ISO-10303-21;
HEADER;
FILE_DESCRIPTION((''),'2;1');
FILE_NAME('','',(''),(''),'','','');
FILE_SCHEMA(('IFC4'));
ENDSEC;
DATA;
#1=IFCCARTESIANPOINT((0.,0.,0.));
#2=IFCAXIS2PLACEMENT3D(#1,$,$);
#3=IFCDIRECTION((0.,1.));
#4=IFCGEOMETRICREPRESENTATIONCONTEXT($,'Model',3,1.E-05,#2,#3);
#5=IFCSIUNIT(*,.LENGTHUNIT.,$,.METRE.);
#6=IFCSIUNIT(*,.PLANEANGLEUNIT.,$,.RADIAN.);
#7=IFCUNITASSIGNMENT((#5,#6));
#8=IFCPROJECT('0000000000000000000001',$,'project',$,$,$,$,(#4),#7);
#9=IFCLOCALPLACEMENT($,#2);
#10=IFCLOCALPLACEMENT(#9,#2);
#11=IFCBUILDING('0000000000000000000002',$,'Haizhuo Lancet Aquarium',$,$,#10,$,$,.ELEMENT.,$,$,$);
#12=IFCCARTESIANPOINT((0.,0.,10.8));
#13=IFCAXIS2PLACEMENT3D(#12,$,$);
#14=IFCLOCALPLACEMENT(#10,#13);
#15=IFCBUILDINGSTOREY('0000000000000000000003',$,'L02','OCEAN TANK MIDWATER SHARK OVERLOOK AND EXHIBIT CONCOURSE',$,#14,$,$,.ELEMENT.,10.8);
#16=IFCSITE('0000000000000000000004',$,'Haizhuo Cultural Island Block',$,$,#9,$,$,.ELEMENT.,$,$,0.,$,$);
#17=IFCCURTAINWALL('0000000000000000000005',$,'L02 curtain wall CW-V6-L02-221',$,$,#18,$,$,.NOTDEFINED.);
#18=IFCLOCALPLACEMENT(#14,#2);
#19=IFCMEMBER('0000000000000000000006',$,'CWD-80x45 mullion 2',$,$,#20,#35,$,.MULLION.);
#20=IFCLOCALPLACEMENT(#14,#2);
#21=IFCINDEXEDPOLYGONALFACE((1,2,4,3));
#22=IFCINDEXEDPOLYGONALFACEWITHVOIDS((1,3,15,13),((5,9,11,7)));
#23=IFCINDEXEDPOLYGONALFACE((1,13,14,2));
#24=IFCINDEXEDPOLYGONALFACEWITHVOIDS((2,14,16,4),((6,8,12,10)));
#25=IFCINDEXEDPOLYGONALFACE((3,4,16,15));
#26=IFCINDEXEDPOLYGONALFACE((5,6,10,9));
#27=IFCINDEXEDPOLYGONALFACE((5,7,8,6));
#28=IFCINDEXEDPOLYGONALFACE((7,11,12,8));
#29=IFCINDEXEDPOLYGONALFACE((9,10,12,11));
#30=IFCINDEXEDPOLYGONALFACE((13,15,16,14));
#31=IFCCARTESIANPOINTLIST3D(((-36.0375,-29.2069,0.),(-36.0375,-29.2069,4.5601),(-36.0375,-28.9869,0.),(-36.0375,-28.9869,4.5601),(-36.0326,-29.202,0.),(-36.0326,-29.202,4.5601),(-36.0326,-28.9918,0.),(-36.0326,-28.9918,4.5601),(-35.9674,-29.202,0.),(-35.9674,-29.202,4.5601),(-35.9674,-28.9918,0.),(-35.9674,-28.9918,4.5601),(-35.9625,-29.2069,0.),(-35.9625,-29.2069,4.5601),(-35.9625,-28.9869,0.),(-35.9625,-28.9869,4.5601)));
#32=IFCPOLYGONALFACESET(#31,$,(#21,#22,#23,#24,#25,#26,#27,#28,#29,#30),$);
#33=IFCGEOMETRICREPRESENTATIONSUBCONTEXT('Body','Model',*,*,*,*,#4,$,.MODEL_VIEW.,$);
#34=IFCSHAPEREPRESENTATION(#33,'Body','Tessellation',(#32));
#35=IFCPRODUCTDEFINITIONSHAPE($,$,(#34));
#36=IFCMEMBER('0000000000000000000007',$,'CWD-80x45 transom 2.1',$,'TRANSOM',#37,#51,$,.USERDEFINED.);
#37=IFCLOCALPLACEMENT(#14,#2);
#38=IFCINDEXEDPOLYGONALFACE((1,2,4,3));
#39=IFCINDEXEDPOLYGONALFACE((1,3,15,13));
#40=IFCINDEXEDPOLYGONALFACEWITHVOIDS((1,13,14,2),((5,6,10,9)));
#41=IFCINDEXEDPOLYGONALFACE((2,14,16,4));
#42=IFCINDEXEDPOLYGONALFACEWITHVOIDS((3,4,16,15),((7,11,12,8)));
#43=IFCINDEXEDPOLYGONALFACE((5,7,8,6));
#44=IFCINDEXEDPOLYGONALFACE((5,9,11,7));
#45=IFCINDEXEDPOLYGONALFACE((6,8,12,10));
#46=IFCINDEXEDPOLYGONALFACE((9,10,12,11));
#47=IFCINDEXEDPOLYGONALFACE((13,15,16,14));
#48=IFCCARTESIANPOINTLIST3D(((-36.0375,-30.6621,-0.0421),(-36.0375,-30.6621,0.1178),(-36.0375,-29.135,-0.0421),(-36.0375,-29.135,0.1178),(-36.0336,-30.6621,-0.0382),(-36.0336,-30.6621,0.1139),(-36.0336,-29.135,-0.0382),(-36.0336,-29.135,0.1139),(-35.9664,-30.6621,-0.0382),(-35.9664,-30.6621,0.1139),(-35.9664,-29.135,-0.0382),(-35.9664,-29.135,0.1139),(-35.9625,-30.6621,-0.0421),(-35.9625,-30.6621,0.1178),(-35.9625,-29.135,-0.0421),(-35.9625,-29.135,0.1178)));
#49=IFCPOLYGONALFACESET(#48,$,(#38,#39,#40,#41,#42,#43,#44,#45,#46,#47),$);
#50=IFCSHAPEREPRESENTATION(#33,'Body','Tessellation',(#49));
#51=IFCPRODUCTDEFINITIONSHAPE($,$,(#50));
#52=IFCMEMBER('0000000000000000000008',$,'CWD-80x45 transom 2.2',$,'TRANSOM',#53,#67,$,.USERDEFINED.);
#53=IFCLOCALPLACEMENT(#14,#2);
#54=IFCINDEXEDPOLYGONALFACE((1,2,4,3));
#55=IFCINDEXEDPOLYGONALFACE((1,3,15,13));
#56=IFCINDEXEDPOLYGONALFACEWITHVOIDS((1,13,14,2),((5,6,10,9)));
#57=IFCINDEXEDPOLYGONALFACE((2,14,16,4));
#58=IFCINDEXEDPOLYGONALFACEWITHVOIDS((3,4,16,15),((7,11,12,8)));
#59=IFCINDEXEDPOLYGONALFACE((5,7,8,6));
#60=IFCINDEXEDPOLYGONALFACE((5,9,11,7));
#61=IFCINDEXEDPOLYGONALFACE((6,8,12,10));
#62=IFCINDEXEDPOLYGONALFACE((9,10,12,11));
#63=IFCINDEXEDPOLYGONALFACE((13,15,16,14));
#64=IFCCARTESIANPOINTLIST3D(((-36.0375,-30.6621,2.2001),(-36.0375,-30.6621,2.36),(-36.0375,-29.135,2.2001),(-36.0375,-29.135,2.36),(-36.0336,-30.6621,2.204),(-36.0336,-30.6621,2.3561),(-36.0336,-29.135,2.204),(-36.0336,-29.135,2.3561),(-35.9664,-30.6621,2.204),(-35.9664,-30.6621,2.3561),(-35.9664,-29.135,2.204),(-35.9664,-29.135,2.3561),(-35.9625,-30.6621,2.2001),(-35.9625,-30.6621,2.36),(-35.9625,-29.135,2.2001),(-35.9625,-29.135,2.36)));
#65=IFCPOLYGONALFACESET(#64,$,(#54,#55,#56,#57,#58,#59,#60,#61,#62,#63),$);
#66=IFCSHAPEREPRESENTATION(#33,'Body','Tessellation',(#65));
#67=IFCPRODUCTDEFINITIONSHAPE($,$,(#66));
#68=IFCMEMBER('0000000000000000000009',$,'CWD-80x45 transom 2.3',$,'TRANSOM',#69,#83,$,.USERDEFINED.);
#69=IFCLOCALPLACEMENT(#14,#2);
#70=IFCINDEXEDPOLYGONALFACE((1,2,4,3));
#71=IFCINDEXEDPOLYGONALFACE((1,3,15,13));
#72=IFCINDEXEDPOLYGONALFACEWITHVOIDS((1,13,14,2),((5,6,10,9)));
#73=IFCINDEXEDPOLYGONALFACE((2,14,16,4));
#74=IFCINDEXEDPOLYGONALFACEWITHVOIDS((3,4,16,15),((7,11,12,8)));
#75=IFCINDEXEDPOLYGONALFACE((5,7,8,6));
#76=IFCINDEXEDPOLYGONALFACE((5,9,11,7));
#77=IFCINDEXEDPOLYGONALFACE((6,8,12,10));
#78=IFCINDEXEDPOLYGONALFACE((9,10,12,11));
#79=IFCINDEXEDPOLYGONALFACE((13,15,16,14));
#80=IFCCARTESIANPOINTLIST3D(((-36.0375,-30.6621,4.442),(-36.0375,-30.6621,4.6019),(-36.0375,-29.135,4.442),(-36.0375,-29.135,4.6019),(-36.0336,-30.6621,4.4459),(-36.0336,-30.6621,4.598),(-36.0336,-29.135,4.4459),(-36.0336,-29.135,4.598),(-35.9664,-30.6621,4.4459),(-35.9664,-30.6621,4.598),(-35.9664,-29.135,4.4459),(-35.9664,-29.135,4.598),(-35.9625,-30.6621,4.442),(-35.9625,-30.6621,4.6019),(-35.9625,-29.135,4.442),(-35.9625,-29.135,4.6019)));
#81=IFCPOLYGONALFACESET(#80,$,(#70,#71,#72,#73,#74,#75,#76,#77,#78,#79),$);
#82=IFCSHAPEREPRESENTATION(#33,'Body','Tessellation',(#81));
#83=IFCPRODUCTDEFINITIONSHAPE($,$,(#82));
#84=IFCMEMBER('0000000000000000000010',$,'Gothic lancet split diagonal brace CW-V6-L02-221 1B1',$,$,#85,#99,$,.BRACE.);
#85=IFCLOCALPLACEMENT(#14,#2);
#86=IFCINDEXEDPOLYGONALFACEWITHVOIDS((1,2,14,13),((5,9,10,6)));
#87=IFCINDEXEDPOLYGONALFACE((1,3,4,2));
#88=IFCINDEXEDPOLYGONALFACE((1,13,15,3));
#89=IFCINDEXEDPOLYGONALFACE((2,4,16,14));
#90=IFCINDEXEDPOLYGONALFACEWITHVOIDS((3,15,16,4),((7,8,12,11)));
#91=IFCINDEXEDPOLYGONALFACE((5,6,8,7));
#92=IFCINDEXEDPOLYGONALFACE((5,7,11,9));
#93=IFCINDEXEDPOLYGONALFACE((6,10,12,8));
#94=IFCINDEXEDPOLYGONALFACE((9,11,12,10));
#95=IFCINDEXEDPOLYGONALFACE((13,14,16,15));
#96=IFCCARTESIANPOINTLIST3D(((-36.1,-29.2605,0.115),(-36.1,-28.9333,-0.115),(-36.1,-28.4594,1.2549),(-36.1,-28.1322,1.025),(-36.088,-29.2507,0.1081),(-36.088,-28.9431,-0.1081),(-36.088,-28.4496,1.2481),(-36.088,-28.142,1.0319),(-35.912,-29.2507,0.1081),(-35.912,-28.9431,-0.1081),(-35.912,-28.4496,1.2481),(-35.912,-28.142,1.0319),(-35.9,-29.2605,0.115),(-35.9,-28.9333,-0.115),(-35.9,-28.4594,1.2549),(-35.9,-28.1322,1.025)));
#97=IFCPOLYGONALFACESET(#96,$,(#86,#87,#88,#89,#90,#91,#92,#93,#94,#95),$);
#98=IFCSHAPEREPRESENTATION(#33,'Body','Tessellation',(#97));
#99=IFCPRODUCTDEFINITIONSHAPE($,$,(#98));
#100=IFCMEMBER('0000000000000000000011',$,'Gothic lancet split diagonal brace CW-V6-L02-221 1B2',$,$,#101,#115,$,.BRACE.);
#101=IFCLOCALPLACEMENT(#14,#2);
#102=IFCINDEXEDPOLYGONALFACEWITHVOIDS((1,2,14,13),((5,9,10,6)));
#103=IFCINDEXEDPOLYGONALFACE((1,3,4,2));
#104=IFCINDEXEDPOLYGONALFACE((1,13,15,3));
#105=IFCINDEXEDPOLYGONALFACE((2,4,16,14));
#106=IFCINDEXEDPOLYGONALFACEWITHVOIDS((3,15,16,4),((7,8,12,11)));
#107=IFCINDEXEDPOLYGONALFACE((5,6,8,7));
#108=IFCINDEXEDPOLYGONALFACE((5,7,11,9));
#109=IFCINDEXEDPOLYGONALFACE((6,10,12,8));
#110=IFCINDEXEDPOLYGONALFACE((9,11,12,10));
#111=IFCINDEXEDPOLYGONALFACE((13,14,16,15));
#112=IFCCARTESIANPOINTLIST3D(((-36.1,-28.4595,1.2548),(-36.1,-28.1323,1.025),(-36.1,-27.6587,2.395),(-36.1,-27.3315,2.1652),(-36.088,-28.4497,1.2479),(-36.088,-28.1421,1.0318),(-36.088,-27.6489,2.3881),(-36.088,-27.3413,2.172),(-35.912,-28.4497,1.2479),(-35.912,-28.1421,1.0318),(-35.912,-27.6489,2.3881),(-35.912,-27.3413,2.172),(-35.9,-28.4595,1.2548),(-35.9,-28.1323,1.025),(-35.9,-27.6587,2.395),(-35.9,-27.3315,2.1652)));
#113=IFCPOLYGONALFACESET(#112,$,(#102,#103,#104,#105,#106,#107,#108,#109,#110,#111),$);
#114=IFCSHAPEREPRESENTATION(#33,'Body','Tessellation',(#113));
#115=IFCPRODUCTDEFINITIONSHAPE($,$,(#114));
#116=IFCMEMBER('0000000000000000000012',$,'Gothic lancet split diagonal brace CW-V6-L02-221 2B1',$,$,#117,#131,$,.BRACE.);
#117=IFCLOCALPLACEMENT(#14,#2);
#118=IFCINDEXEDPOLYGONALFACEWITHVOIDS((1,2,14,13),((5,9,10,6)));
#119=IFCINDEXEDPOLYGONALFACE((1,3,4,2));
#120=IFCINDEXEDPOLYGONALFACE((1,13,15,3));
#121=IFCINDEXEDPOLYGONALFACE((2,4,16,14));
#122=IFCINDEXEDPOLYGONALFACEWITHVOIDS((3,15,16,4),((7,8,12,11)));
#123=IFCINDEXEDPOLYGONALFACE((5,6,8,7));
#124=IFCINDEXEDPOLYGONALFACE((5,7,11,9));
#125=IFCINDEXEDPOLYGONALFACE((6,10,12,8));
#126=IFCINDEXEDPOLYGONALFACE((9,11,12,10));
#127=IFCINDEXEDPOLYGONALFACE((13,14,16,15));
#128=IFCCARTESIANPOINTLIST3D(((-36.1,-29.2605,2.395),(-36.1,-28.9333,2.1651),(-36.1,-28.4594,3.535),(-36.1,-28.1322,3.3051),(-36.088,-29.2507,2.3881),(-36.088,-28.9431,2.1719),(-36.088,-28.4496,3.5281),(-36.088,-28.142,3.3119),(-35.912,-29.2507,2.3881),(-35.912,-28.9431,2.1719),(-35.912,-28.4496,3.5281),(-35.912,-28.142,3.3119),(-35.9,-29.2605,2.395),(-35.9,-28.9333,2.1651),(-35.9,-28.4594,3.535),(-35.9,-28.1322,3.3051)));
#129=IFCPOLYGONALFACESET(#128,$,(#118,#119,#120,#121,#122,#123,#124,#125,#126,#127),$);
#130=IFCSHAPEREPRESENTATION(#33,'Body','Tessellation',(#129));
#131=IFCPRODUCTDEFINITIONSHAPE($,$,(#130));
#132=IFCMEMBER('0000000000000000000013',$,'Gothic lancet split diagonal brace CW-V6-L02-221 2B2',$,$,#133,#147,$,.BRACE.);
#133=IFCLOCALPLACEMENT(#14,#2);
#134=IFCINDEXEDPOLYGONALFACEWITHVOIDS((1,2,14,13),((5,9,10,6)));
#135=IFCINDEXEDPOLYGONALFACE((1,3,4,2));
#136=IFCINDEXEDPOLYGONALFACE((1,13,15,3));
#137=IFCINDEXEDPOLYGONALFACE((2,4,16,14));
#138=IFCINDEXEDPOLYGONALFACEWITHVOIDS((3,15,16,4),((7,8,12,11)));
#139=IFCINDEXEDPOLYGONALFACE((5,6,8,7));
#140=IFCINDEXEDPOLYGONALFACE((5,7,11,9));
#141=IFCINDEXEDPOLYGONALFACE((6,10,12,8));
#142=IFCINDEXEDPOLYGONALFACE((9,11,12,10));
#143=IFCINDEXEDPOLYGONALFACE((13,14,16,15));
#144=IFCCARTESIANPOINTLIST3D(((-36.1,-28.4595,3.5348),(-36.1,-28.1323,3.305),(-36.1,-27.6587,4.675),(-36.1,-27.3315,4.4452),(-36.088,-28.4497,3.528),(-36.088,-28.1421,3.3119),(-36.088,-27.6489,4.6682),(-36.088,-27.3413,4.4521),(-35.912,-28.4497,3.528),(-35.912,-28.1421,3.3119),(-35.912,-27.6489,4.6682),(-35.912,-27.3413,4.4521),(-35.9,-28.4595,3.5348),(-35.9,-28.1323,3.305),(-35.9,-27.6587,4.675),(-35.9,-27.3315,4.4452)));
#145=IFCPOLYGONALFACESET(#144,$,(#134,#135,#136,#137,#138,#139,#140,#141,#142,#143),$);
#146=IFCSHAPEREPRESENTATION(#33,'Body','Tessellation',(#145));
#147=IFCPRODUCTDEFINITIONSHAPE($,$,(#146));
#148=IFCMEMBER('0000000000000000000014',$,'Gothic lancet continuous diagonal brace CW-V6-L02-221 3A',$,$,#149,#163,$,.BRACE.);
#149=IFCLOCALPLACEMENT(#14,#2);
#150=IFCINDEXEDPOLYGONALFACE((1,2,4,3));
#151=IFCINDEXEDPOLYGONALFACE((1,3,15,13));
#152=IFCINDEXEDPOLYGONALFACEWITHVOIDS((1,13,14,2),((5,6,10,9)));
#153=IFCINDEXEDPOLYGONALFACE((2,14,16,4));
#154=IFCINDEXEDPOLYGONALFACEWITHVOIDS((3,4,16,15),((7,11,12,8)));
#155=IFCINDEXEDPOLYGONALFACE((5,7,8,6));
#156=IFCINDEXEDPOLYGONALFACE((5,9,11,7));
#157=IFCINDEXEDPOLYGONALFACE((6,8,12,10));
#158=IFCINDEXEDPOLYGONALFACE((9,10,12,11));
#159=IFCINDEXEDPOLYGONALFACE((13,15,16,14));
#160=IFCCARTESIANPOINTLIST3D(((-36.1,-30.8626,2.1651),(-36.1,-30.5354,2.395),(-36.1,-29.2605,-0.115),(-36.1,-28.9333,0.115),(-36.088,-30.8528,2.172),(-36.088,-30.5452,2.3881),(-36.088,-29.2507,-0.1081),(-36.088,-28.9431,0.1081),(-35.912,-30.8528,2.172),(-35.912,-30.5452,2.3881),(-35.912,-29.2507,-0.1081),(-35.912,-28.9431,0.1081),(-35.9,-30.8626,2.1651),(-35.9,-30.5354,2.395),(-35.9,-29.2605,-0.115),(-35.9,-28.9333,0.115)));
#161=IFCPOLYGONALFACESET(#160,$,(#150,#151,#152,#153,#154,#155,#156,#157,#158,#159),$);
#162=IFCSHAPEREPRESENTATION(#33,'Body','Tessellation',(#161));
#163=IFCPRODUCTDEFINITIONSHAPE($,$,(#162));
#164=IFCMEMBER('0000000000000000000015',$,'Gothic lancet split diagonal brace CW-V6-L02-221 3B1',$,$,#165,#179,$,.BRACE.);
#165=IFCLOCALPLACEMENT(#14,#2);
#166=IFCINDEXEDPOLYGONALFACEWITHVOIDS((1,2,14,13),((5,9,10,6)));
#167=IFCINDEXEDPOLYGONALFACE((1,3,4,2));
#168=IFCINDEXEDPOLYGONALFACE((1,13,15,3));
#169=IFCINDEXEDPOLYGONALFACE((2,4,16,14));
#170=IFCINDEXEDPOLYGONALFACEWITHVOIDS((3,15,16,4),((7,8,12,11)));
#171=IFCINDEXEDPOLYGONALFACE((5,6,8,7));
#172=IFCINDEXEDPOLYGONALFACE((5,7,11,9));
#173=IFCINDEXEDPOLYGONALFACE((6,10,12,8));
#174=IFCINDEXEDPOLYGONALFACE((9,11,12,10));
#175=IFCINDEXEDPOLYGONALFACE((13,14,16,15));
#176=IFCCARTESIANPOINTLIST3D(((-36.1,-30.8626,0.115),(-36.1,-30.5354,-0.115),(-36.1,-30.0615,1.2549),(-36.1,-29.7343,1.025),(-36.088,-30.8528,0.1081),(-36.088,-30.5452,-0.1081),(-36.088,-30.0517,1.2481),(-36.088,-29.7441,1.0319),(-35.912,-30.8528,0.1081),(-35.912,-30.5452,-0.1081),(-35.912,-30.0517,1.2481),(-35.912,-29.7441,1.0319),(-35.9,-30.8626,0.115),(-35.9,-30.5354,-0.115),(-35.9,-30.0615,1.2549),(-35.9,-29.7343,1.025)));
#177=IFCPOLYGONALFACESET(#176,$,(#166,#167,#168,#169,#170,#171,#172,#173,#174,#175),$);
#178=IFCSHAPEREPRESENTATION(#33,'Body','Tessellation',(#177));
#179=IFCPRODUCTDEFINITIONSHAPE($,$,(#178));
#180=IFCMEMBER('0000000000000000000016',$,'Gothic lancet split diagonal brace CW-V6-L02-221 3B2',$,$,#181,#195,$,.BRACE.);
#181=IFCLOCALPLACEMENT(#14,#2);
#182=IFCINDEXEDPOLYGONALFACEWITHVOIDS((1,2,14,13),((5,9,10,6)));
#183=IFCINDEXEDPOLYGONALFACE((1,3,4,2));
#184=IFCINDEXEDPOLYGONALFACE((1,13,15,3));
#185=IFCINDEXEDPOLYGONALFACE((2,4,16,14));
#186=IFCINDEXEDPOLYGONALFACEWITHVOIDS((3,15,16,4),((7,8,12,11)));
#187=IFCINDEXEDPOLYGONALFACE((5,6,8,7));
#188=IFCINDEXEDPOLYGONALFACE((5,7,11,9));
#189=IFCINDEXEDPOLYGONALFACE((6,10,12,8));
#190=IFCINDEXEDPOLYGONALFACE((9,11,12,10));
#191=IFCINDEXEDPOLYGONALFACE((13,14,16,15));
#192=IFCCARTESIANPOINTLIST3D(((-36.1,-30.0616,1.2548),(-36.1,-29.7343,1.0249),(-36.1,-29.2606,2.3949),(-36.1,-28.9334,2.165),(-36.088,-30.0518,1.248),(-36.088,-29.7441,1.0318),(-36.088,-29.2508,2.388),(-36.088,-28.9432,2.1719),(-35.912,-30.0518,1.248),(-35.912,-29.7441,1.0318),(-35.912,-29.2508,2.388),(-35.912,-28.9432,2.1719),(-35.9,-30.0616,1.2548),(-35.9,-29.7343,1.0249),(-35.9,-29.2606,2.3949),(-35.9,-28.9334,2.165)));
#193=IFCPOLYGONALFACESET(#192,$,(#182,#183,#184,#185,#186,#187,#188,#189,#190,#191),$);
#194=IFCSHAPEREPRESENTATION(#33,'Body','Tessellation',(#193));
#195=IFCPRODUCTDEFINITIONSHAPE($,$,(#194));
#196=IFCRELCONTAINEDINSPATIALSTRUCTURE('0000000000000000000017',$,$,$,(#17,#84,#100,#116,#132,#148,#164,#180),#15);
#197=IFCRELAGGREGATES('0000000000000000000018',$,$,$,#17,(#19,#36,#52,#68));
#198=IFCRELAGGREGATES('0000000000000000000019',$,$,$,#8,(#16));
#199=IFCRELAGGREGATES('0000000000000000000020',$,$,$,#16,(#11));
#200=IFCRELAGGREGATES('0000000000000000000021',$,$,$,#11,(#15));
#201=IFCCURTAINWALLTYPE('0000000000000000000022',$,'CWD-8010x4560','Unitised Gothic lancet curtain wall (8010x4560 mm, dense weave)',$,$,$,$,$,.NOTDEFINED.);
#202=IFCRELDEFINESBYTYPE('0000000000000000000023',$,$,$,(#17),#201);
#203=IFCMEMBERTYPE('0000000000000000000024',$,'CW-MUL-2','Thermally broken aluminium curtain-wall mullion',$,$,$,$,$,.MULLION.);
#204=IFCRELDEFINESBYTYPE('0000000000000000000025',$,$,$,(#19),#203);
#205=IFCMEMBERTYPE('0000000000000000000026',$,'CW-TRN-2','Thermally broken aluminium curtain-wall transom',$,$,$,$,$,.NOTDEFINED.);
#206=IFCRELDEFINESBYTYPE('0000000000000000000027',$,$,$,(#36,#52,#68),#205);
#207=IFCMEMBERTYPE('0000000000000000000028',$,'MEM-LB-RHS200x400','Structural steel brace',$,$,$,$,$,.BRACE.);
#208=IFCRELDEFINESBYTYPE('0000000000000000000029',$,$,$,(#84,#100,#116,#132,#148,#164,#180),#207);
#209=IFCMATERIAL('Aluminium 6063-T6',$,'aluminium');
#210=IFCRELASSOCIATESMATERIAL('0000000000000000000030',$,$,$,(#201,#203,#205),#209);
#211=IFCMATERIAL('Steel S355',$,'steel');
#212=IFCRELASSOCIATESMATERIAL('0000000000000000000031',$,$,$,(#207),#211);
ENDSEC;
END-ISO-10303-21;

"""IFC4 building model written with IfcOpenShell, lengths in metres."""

from ifc_helpers import new_model, si_unit, direction, frame, origin, origin_2d, place, context, subcontext, project, spatial, hollow_rectangle, extrude, material, material_profile, profile_set, type_object, element, aggregate, save


model = new_model("IFC4")

# Units and contexts
model_context = context("Model", 3, precision=1e-05, world=origin(), true_north=direction((0.0, 1.0)))
body_context = subcontext(model_context, "Body", "Model", "MODEL_VIEW")
ifc_project = project(units=[si_unit("LENGTHUNIT", "METRE"), si_unit("PLANEANGLEUNIT", "RADIAN")], contexts=[model_context])

# Site, building, storey
site_placement = place(None, origin())
site = spatial("IfcSite", under=ifc_project, at=site_placement, Name="Haizhuo Cultural Island Block", CompositionType="ELEMENT", RefElevation=0.0)
building_placement = place(site_placement, origin())
building = spatial("IfcBuilding", under=site, at=building_placement, Name="Haizhuo Lancet Aquarium", CompositionType="ELEMENT")
storey_placement = place(building_placement, frame((0.0, 0.0, 10.8)))
storey = spatial("IfcBuildingStorey", under=building, at=storey_placement, Name="L02", Description="OCEAN TANK MIDWATER SHARK OVERLOOK AND EXHIBIT CONCOURSE", CompositionType="ELEMENT", Elevation=10.8)

# Curtain wall, members
ifc_material_1 = material(Name="Aluminium 6063-T6", Category="aluminium")
curtain_wall_type = type_object("IfcCurtainWallType", Name="CWD-8010x4560", Description="Unitised Gothic lancet curtain wall (8010x4560 mm, dense weave)", PredefinedType="NOTDEFINED", material=ifc_material_1)
curtain_wall_placement = place(storey_placement, origin())
curtain_wall = element("IfcCurtainWall", 1, at=curtain_wall_placement, inside=storey, type_object=curtain_wall_type, Name="L02 curtain wall CW-V6-L02-221", PredefinedType="NOTDEFINED")
ifc_material_profile_1 = material_profile(ifc_material_1, hollow_rectangle(XDim=0.075, YDim=0.22, WallThickness=0.0049, at=origin_2d()), Name="ALU-M 75x220x5")
ifc_profile_set_1 = profile_set([ifc_material_profile_1], Name="Aluminium 6063-T6")
member_type_1 = type_object("IfcMemberType", Name="CW-MUL-2", Description="Thermally broken aluminium curtain-wall mullion", PredefinedType="MULLION", material=ifc_profile_set_1)
member_1_placement = place(storey_placement, frame((-36.0, -29.0969, 0.0), z_axis=(0.0, 0.0, 1.0), x_axis=(1.0, 0.0, 0.0)))
member_1 = element("IfcMember", 2, at=member_1_placement, type_object=member_type_1, Name="CWD-80x45 mullion 2", PredefinedType="MULLION", context=body_context, shape_type="SweptSolid", body=[
    extrude(hollow_rectangle(XDim=0.075, YDim=0.22, WallThickness=0.0049, at=origin_2d()), origin(), (0.0, 0.0, 1.0), 4.5601),
])
ifc_material_profile_2 = material_profile(ifc_material_1, hollow_rectangle(XDim=0.075, YDim=0.1599, WallThickness=0.0039, at=origin_2d()), Name="ALU-T 75x160x4")
ifc_profile_set_2 = profile_set([ifc_material_profile_2], Name="Aluminium 6063-T6")
member_type_2 = type_object("IfcMemberType", Name="CW-TRN-2", Description="Thermally broken aluminium curtain-wall transom", PredefinedType="NOTDEFINED", material=ifc_profile_set_2)
member_2_placement = place(storey_placement, frame((-36.0, -29.135, 0.0378), z_axis=(0.0, -1.0, 0.0), x_axis=(1.0, 0.0, 0.0)))
member_2 = element("IfcMember", 3, at=member_2_placement, type_object=member_type_2, Name="CWD-80x45 transom 2.1", ObjectType="TRANSOM", PredefinedType="USERDEFINED", context=body_context, shape_type="SweptSolid", body=[
    extrude(hollow_rectangle(XDim=0.075, YDim=0.1599, WallThickness=0.0039, at=origin_2d()), origin(), (0.0, 0.0, 1.0), 1.5271),
])
member_3_placement = place(storey_placement, frame((-36.0, -29.135, 2.28), z_axis=(0.0, -1.0, 0.0), x_axis=(1.0, 0.0, 0.0)))
member_3 = element("IfcMember", 4, at=member_3_placement, type_object=member_type_2, Name="CWD-80x45 transom 2.2", ObjectType="TRANSOM", PredefinedType="USERDEFINED", context=body_context, shape_type="SweptSolid", body=[
    extrude(hollow_rectangle(XDim=0.075, YDim=0.1599, WallThickness=0.0039, at=origin_2d()), origin(), (0.0, 0.0, 1.0), 1.5271),
])
member_4_placement = place(storey_placement, frame((-36.0, -29.135, 4.522), z_axis=(0.0, -1.0, 0.0), x_axis=(1.0, 0.0, 0.0)))
member_4 = element("IfcMember", 5, at=member_4_placement, type_object=member_type_2, Name="CWD-80x45 transom 2.3", ObjectType="TRANSOM", PredefinedType="USERDEFINED", context=body_context, shape_type="SweptSolid", body=[
    extrude(hollow_rectangle(XDim=0.075, YDim=0.1599, WallThickness=0.0039, at=origin_2d()), origin(), (0.0, 0.0, 1.0), 1.5271),
])

# Members
ifc_material_2 = material(Name="Steel S355", Category="steel")
ifc_material_profile_3 = material_profile(ifc_material_2, hollow_rectangle(XDim=0.2, YDim=0.3999, WallThickness=0.012, at=origin_2d()), Name="RHS 200x400x12")
ifc_profile_set_3 = profile_set([ifc_material_profile_3], Name="Steel S355")
member_type_3 = type_object("IfcMemberType", Name="MEM-LB-RHS200x400", Description="Structural steel brace", PredefinedType="BRACE", material=ifc_profile_set_3)
for number, where, z_axis, x_axis, name in (
    (6, (-36.0, -29.0969, 0.0), (0.0, 0.574955, 0.818185), (-1.0, 0.0, 0.0), "Gothic lancet split diagonal brace CW-V6-L02-221 1B1"),
    (7, (-36.0, -28.2959, 1.1399), (0.0, 0.574755, 0.818325), (-1.0, 0.0, 0.0), "Gothic lancet split diagonal brace CW-V6-L02-221 1B2"),
    (8, (-36.0, -29.0969, 2.28), (0.0, 0.574955, 0.818185), (-1.0, 0.0, 0.0), "Gothic lancet split diagonal brace CW-V6-L02-221 2B1"),
    (9, (-36.0, -28.2959, 3.4199), (0.0, 0.574755, 0.818325), (-1.0, 0.0, 0.0), "Gothic lancet split diagonal brace CW-V6-L02-221 2B2"),
):
    element("IfcMember", number, at=place(storey_placement, frame(where, z_axis=z_axis, x_axis=x_axis)), inside=storey, type_object=member_type_3, Name=name, PredefinedType="BRACE", context=body_context, shape_type="SweptSolid", body=[
        extrude(hollow_rectangle(XDim=0.2, YDim=0.3999, WallThickness=0.012, at=origin_2d()), origin(), (0.0, 0.0, 1.0), 1.3933),
    ])
member_5_placement = place(storey_placement, frame((-36.0, -29.0969, 0.0), z_axis=(0.0, -0.574914, 0.818214), x_axis=(1.0, 0.0, 0.0)))
element("IfcMember", 10, at=member_5_placement, inside=storey, type_object=member_type_3, Name="Gothic lancet continuous diagonal brace CW-V6-L02-221 3A", PredefinedType="BRACE", context=body_context, shape_type="SweptSolid", body=[
    extrude(hollow_rectangle(XDim=0.2, YDim=0.3999, WallThickness=0.012, at=origin_2d()), origin(), (0.0, 0.0, 1.0), 2.7866),
])
for number, where, z_axis, x_axis, name in (
    (11, (-36.0, -30.699, 0.0), (0.0, 0.574955, 0.818185), (-1.0, 0.0, 0.0), "Gothic lancet split diagonal brace CW-V6-L02-221 3B1"),
    (12, (-36.0, -29.8979, 1.1399), (0.0, 0.574873, 0.818243), (-1.0, 0.0, 0.0), "Gothic lancet split diagonal brace CW-V6-L02-221 3B2"),
):
    element("IfcMember", number, at=place(storey_placement, frame(where, z_axis=z_axis, x_axis=x_axis)), inside=storey, type_object=member_type_3, Name=name, PredefinedType="BRACE", context=body_context, shape_type="SweptSolid", body=[
        extrude(hollow_rectangle(XDim=0.2, YDim=0.3999, WallThickness=0.012, at=origin_2d()), origin(), (0.0, 0.0, 1.0), 1.3933),
    ])

aggregate(curtain_wall, [member_1, member_2, member_3, member_4])

save(model, "model.ifc")
